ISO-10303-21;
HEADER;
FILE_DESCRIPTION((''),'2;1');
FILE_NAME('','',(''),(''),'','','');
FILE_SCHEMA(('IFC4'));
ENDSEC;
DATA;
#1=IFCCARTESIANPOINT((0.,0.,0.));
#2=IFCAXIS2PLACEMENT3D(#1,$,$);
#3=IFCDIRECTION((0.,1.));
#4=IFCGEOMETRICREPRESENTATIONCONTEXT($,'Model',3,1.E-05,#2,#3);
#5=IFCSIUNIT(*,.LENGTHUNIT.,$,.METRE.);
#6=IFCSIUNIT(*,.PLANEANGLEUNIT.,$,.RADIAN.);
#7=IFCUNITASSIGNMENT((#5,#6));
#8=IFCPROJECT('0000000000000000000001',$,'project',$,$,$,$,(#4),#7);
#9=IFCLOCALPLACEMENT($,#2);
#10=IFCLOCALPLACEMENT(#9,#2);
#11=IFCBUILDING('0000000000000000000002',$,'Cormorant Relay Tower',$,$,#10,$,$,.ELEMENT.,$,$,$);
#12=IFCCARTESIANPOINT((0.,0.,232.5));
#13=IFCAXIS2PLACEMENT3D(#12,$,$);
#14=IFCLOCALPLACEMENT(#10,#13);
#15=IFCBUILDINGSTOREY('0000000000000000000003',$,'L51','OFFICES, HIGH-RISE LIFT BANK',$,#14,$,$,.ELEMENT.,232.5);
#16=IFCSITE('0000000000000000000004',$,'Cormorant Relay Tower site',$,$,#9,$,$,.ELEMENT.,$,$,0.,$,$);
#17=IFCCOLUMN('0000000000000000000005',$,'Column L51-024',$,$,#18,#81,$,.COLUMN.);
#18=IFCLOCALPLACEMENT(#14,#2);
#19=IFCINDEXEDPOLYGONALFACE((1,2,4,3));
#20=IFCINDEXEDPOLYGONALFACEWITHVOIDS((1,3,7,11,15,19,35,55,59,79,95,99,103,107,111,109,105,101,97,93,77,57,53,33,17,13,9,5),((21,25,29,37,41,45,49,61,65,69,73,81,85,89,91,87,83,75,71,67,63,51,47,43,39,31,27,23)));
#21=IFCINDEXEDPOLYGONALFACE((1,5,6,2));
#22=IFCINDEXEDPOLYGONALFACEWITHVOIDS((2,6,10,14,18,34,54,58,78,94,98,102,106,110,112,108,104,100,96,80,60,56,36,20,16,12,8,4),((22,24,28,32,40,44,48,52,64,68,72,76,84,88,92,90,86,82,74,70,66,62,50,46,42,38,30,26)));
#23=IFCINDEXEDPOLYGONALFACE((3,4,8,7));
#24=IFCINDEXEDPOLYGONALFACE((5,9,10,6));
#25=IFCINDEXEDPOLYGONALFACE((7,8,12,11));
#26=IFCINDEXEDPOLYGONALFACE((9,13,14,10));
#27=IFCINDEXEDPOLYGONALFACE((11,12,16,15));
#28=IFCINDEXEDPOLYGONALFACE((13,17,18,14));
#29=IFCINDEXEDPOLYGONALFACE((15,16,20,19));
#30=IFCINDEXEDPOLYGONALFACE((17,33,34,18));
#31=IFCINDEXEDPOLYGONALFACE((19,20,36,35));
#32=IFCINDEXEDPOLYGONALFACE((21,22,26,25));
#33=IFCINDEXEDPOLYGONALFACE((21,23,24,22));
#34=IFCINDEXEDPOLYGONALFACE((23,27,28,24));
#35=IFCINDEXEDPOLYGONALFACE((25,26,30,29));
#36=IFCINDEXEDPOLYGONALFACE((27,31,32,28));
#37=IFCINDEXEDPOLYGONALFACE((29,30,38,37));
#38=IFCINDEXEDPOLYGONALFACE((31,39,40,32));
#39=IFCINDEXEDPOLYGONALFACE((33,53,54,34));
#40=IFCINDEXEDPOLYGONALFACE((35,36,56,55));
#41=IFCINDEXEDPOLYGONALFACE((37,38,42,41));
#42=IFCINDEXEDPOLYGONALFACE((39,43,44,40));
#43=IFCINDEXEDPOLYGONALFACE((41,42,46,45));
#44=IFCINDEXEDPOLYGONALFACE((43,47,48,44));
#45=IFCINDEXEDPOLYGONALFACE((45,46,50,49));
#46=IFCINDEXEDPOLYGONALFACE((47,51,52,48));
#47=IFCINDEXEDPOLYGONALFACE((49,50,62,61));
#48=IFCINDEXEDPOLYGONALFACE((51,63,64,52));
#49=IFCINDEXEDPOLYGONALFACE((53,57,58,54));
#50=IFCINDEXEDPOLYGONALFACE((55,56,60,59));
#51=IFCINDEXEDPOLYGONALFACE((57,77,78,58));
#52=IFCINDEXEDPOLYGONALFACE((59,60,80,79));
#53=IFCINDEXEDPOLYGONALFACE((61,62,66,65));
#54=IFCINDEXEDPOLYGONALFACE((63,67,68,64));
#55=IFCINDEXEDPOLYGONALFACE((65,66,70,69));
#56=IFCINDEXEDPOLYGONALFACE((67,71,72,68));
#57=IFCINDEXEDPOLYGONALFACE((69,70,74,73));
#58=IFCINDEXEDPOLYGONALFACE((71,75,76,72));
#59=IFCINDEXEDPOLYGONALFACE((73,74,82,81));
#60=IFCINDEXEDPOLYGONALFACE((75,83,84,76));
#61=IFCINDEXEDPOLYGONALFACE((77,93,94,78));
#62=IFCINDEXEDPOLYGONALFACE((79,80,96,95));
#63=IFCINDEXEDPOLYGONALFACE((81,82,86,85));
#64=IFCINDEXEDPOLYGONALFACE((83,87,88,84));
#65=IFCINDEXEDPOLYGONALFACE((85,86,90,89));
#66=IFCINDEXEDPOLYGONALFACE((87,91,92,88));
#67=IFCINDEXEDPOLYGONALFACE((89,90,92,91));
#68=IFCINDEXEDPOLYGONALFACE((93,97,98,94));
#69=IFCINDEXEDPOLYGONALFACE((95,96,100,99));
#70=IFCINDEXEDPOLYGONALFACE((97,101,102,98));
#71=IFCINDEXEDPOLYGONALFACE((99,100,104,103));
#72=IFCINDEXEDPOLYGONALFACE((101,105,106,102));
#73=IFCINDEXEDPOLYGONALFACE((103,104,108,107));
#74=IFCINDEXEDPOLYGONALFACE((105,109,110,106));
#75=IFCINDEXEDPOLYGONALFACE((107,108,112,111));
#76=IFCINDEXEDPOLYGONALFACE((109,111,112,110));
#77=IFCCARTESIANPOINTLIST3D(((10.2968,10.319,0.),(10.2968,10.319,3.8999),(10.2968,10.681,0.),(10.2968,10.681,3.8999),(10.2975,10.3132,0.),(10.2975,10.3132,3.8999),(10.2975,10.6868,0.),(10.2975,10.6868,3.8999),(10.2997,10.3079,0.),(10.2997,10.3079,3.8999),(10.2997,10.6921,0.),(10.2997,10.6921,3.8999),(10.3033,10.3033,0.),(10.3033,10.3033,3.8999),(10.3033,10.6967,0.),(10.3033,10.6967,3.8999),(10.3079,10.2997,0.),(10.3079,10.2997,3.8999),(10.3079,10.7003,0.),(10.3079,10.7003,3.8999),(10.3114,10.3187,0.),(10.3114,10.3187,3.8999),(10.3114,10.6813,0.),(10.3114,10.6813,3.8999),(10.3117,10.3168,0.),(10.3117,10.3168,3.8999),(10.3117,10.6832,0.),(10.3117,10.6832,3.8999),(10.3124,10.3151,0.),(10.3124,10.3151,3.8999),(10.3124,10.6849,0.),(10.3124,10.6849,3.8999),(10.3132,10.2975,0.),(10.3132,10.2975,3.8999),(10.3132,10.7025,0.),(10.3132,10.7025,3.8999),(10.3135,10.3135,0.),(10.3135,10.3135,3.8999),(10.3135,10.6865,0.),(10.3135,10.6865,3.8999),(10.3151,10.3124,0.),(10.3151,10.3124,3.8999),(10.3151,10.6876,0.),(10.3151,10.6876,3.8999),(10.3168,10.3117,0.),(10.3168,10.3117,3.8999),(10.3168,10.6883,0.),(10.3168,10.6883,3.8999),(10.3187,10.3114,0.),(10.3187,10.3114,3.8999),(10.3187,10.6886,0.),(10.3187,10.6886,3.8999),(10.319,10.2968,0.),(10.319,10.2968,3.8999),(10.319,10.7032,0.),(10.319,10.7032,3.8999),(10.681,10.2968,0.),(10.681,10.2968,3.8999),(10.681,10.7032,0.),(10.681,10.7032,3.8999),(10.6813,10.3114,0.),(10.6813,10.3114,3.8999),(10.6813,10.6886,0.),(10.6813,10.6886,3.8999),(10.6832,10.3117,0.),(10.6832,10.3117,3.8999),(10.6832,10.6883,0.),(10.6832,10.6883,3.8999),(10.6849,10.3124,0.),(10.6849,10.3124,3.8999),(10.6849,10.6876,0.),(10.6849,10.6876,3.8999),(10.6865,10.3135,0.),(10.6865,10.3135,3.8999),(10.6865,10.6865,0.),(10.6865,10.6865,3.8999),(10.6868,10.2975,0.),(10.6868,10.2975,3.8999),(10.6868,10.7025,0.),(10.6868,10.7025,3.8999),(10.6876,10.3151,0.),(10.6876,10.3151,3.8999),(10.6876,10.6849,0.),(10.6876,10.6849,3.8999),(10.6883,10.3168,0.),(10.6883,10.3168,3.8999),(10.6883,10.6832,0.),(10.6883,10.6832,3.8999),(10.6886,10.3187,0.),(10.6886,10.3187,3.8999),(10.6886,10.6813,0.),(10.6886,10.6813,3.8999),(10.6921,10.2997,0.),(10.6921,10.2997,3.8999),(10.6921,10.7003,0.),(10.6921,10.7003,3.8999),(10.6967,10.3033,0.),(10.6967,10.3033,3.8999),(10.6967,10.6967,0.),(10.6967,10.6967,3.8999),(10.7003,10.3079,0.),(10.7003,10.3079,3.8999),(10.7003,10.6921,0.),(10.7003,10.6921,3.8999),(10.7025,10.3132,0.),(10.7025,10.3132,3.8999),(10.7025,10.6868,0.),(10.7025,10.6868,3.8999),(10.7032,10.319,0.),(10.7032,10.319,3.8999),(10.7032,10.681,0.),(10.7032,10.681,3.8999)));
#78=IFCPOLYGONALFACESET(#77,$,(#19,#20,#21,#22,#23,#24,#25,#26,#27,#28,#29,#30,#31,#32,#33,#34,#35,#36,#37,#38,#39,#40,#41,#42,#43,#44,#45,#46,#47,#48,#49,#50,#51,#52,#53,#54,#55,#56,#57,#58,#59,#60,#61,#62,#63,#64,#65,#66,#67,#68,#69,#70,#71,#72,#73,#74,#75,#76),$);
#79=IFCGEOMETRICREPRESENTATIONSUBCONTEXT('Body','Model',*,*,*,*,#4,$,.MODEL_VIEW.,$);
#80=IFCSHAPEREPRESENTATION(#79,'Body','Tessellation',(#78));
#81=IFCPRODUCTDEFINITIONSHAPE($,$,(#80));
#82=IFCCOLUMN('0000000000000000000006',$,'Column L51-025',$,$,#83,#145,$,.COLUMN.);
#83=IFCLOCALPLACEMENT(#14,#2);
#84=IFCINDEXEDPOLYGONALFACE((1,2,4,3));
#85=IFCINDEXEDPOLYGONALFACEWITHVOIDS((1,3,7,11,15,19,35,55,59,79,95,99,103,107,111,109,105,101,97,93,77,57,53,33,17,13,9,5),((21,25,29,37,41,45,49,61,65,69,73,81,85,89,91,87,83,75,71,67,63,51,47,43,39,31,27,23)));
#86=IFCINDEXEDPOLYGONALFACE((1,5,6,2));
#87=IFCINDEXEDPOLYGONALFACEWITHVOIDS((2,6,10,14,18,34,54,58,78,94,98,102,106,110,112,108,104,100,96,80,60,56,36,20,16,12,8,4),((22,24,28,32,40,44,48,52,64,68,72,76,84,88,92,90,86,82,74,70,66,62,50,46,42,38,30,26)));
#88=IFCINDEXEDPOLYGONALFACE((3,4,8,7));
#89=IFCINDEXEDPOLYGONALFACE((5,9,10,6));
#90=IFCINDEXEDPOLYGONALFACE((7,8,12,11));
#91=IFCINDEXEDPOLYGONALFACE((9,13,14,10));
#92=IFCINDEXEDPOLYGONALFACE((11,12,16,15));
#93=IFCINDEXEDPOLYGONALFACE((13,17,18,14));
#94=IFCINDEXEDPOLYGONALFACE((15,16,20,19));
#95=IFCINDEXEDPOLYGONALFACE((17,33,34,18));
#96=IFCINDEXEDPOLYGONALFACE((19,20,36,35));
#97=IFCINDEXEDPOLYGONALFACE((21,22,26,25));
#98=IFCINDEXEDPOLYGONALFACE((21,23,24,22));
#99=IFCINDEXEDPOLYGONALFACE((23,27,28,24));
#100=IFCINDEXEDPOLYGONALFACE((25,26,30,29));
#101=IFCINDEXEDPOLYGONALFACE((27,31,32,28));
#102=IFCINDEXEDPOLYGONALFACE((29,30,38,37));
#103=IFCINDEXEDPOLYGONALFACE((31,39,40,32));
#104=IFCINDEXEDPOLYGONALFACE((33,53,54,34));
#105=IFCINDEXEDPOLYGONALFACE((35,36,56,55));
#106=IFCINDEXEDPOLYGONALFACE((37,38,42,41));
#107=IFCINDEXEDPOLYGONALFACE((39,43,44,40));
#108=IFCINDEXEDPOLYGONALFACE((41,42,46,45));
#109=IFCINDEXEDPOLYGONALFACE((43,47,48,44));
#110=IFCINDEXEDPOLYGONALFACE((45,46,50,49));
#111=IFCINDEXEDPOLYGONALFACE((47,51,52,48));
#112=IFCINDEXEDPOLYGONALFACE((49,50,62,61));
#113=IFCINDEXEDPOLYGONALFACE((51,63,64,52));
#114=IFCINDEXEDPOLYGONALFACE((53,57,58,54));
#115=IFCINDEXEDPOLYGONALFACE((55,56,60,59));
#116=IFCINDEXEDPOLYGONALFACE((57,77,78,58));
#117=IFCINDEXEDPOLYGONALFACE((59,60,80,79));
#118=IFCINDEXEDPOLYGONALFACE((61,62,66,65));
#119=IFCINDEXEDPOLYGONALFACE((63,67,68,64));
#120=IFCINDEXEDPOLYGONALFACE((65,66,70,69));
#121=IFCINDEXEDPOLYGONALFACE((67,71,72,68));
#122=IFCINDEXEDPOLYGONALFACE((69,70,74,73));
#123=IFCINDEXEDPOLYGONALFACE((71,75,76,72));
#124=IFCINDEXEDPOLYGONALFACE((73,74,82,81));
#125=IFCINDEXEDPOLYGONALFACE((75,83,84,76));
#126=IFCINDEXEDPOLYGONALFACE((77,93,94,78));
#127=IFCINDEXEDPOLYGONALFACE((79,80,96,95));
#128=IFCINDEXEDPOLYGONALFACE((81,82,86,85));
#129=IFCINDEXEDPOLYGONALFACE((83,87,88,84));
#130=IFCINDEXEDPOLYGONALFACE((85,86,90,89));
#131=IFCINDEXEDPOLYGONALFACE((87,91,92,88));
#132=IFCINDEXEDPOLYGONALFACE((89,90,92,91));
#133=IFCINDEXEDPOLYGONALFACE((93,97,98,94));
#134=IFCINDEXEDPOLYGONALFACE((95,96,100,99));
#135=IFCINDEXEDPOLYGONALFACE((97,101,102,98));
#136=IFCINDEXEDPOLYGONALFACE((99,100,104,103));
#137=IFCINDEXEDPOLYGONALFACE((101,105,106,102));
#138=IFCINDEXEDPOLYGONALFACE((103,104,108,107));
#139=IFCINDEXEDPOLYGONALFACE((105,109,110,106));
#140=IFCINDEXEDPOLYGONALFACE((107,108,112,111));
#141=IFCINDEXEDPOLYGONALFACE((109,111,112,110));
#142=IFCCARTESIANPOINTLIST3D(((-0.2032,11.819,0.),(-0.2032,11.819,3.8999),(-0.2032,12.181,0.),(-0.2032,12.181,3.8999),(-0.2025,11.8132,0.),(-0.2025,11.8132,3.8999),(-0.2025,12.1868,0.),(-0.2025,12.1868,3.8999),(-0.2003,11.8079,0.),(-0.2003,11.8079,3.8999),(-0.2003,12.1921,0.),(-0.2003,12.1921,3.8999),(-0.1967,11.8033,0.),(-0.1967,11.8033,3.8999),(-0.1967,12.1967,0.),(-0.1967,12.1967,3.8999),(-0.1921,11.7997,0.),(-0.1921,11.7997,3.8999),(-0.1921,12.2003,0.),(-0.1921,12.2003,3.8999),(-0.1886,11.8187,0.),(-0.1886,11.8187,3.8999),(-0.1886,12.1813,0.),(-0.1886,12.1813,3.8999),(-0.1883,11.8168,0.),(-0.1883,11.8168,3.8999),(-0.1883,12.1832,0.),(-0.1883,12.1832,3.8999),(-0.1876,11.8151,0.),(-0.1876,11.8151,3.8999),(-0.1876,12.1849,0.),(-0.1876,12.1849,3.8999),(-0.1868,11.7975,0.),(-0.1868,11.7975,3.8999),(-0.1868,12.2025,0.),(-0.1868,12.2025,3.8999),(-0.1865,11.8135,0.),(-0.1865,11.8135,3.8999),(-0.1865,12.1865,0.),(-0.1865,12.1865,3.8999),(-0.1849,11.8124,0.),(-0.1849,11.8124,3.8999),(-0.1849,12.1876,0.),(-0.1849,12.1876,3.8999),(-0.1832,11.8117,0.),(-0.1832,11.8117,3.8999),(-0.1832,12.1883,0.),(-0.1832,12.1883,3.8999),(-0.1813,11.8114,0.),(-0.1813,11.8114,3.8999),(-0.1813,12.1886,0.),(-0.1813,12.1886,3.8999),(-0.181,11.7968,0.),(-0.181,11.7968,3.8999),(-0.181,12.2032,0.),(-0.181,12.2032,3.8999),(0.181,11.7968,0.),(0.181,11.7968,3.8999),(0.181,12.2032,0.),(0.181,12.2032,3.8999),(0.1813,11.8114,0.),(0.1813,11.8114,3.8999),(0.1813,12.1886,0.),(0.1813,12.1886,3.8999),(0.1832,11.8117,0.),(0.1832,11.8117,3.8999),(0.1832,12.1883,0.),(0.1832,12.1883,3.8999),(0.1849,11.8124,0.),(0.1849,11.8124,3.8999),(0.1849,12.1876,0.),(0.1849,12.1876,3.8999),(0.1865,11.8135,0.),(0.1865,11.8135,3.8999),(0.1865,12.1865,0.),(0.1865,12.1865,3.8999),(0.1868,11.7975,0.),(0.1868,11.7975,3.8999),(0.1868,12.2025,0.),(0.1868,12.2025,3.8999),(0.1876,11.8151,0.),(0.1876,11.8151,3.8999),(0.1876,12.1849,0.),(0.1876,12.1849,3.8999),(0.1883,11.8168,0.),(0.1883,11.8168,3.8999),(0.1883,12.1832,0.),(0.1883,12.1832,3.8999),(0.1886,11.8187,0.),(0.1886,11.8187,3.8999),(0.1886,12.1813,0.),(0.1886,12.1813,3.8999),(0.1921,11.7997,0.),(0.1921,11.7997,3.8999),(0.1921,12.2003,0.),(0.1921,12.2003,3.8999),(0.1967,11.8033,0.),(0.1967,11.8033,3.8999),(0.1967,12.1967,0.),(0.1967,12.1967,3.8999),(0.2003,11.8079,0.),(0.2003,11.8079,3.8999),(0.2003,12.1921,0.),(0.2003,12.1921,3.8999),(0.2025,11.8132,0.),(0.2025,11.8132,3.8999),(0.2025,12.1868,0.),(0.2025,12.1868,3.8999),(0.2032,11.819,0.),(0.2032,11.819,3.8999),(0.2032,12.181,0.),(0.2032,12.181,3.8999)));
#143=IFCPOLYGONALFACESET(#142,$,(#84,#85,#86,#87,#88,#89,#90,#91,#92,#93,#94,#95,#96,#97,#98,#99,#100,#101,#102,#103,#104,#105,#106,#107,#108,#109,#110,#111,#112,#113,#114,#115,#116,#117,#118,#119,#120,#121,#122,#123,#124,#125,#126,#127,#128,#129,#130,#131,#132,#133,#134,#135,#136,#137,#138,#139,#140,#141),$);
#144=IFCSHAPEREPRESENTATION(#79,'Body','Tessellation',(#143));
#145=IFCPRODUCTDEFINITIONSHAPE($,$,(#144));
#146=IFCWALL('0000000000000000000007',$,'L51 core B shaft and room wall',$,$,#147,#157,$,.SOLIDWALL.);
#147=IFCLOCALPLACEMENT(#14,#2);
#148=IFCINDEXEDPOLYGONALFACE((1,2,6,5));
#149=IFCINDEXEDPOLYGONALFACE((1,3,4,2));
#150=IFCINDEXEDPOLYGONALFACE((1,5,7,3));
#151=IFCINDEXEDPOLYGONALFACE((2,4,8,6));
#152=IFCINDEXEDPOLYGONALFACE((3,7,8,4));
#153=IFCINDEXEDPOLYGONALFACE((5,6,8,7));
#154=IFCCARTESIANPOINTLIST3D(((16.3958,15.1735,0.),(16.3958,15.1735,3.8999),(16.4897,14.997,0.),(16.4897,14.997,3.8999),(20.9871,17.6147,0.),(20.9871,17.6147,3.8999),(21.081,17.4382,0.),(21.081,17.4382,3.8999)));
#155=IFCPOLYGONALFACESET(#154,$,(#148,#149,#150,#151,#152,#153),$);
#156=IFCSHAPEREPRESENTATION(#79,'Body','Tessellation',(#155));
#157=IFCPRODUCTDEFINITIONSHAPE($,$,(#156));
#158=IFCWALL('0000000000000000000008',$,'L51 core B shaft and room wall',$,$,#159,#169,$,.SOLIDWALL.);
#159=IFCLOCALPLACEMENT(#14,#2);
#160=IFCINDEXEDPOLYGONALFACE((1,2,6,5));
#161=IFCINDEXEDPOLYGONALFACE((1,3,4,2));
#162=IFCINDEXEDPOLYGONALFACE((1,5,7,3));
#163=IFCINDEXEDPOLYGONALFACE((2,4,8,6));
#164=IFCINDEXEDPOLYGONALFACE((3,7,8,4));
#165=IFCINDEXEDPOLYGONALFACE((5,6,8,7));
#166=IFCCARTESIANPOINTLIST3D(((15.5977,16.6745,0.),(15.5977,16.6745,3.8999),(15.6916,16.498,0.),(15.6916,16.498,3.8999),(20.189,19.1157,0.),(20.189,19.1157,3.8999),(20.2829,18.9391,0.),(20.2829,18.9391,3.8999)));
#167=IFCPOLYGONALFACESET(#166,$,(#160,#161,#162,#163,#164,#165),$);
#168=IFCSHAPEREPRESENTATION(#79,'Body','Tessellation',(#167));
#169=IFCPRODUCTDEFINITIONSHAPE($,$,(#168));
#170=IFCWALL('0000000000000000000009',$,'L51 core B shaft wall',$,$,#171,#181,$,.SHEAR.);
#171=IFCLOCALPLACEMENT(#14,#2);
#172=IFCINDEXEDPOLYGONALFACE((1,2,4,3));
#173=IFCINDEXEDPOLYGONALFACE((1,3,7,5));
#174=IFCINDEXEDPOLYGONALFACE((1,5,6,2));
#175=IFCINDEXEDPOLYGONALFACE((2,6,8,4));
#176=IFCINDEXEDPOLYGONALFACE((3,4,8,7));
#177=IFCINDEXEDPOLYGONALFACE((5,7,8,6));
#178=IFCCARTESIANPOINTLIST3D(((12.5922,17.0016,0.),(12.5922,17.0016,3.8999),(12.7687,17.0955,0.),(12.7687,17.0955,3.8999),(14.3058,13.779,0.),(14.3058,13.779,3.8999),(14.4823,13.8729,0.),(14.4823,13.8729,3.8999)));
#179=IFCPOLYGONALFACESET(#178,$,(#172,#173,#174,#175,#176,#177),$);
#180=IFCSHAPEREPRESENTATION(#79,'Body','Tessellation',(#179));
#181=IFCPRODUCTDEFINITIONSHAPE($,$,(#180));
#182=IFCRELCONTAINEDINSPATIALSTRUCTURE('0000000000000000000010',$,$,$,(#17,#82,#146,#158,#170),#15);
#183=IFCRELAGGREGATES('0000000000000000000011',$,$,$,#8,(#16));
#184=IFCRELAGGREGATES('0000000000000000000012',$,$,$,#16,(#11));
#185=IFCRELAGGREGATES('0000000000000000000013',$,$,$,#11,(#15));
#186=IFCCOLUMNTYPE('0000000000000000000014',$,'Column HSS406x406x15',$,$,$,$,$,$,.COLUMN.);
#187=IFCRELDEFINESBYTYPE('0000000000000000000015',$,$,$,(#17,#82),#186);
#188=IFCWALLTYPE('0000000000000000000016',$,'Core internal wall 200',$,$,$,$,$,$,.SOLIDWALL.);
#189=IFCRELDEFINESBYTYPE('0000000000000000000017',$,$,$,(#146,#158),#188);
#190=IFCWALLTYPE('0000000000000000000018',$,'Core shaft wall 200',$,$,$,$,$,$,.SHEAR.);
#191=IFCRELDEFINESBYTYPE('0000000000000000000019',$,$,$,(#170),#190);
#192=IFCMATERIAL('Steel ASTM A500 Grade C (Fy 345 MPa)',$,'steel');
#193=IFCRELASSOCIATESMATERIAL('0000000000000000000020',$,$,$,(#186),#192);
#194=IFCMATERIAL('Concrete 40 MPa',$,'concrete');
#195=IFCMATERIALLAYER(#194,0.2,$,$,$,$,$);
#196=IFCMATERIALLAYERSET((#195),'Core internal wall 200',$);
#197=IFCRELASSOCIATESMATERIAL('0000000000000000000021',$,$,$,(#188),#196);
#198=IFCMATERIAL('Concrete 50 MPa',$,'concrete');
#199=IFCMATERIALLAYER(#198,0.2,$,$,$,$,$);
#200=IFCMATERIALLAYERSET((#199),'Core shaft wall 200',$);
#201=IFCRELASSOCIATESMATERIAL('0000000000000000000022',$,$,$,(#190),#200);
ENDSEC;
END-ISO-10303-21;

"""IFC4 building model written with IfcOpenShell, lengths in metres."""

from ifc_helpers import new_model, si_unit, direction, frame, frame_2d, origin, origin_2d, place, context, subcontext, project, spatial, rectangle, hollow_rectangle, extrude, material, layer, layer_set, material_profile, profile_set, type_object, element, save


model = new_model("IFC4")

# Units and contexts
model_context = context("Model", 3, precision=1e-05, world=origin(), true_north=direction((0.0, 1.0)))
body_context = subcontext(model_context, "Body", "Model", "MODEL_VIEW")
ifc_project = project(units=[si_unit("LENGTHUNIT", "METRE"), si_unit("PLANEANGLEUNIT", "RADIAN")], contexts=[model_context])

# Site, building, storey
site_placement = place(None, origin())
site = spatial("IfcSite", under=ifc_project, at=site_placement, Name="Cormorant Relay Tower site", CompositionType="ELEMENT", RefElevation=0.0)
building_placement = place(site_placement, origin())
building = spatial("IfcBuilding", under=site, at=building_placement, Name="Cormorant Relay Tower", CompositionType="ELEMENT")
storey_placement = place(building_placement, frame((0.0, 0.0, 232.5)))
storey = spatial("IfcBuildingStorey", under=building, at=storey_placement, Name="L51", Description="OFFICES, HIGH-RISE LIFT BANK", CompositionType="ELEMENT", Elevation=232.5)

# Columns
ifc_material_1 = material(Name="Steel ASTM A500 Grade C (Fy 345 MPa)", Category="steel")
ifc_material_profile = material_profile(ifc_material_1, hollow_rectangle(XDim=0.4065, YDim=0.4065, WallThickness=0.0146, InnerFilletRadius=0.0073, OuterFilletRadius=0.0222, at=origin_2d()), Name="HSS406x406x15")
ifc_profile_set = profile_set([ifc_material_profile], Name="Steel ASTM A500 Grade C (Fy 345 MPa)")
column_type = type_object("IfcColumnType", Name="Column HSS406x406x15", PredefinedType="COLUMN", material=ifc_profile_set)
for number, where, z_axis, x_axis, name in (
    (1, (10.5, 10.5, 0.0), (0.0, 0.0, 1.0), (1.0, 0.0, 0.0), "Column L51-024"),
    (2, (0.0, 12.0, 0.0), (0.0, 0.0, 1.0), (1.0, 0.0, 0.0), "Column L51-025"),
):
    element("IfcColumn", number, at=place(storey_placement, frame(where, z_axis=z_axis, x_axis=x_axis)), inside=storey, type_object=column_type, Name=name, PredefinedType="COLUMN", context=body_context, shape_type="SweptSolid", body=[
        extrude(hollow_rectangle(XDim=0.4065, YDim=0.4065, WallThickness=0.0146, InnerFilletRadius=0.0073, OuterFilletRadius=0.0222, at=origin_2d()), origin(), (0.0, 0.0, 1.0), 3.8999),
    ])

# Walls
ifc_material_2 = material(Name="Concrete 40 MPa", Category="concrete")
ifc_layer_1 = layer(ifc_material_2, 0.2)
ifc_layer_set_1 = layer_set([ifc_layer_1], Name="Core internal wall 200")
wall_type_1 = type_object("IfcWallType", Name="Core internal wall 200", PredefinedType="SOLIDWALL", material=ifc_layer_set_1)
for number, where, z_axis, x_axis, name in (
    (3, (16.4426, 15.0852, 0.0), (0.0, 0.0, 1.0), (0.882954, 0.46946, 0.0), "L51 core B shaft and room wall"),
    (4, (15.6445, 16.5862, 0.0), (0.0, 0.0, 1.0), (0.882954, 0.46946, 0.0), "L51 core B shaft and room wall"),
):
    element("IfcWall", number, at=place(storey_placement, frame(where, z_axis=z_axis, x_axis=x_axis)), inside=storey, type_object=wall_type_1, Name=name, PredefinedType="SOLIDWALL", context=body_context, shape_type="SweptSolid", body=[
        extrude(rectangle(XDim=5.2, YDim=0.2, at=frame_2d((2.6001, 0.0))), origin(), (0.0, 0.0, 1.0), 3.8999),
    ])
ifc_material_3 = material(Name="Concrete 50 MPa", Category="concrete")
ifc_layer_2 = layer(ifc_material_3, 0.2)
ifc_layer_set_2 = layer_set([ifc_layer_2], Name="Core shaft wall 200")
wall_type_2 = type_object("IfcWallType", Name="Core shaft wall 200", PredefinedType="SHEAR", material=ifc_layer_set_2)
wall_1_placement = place(storey_placement, frame((14.394, 13.8259, 0.0), z_axis=(0.0, 0.0, 1.0), x_axis=(-0.469494, 0.882936, 0.0)))
element("IfcWall", 5, at=wall_1_placement, inside=storey, type_object=wall_type_2, Name="L51 core B shaft wall", PredefinedType="SHEAR", context=body_context, shape_type="SweptSolid", body=[
    extrude(rectangle(XDim=3.6499, YDim=0.2, at=frame_2d((1.825, 0.0))), origin(), (0.0, 0.0, 1.0), 3.8999),
])

save(model, "model.ifc")
